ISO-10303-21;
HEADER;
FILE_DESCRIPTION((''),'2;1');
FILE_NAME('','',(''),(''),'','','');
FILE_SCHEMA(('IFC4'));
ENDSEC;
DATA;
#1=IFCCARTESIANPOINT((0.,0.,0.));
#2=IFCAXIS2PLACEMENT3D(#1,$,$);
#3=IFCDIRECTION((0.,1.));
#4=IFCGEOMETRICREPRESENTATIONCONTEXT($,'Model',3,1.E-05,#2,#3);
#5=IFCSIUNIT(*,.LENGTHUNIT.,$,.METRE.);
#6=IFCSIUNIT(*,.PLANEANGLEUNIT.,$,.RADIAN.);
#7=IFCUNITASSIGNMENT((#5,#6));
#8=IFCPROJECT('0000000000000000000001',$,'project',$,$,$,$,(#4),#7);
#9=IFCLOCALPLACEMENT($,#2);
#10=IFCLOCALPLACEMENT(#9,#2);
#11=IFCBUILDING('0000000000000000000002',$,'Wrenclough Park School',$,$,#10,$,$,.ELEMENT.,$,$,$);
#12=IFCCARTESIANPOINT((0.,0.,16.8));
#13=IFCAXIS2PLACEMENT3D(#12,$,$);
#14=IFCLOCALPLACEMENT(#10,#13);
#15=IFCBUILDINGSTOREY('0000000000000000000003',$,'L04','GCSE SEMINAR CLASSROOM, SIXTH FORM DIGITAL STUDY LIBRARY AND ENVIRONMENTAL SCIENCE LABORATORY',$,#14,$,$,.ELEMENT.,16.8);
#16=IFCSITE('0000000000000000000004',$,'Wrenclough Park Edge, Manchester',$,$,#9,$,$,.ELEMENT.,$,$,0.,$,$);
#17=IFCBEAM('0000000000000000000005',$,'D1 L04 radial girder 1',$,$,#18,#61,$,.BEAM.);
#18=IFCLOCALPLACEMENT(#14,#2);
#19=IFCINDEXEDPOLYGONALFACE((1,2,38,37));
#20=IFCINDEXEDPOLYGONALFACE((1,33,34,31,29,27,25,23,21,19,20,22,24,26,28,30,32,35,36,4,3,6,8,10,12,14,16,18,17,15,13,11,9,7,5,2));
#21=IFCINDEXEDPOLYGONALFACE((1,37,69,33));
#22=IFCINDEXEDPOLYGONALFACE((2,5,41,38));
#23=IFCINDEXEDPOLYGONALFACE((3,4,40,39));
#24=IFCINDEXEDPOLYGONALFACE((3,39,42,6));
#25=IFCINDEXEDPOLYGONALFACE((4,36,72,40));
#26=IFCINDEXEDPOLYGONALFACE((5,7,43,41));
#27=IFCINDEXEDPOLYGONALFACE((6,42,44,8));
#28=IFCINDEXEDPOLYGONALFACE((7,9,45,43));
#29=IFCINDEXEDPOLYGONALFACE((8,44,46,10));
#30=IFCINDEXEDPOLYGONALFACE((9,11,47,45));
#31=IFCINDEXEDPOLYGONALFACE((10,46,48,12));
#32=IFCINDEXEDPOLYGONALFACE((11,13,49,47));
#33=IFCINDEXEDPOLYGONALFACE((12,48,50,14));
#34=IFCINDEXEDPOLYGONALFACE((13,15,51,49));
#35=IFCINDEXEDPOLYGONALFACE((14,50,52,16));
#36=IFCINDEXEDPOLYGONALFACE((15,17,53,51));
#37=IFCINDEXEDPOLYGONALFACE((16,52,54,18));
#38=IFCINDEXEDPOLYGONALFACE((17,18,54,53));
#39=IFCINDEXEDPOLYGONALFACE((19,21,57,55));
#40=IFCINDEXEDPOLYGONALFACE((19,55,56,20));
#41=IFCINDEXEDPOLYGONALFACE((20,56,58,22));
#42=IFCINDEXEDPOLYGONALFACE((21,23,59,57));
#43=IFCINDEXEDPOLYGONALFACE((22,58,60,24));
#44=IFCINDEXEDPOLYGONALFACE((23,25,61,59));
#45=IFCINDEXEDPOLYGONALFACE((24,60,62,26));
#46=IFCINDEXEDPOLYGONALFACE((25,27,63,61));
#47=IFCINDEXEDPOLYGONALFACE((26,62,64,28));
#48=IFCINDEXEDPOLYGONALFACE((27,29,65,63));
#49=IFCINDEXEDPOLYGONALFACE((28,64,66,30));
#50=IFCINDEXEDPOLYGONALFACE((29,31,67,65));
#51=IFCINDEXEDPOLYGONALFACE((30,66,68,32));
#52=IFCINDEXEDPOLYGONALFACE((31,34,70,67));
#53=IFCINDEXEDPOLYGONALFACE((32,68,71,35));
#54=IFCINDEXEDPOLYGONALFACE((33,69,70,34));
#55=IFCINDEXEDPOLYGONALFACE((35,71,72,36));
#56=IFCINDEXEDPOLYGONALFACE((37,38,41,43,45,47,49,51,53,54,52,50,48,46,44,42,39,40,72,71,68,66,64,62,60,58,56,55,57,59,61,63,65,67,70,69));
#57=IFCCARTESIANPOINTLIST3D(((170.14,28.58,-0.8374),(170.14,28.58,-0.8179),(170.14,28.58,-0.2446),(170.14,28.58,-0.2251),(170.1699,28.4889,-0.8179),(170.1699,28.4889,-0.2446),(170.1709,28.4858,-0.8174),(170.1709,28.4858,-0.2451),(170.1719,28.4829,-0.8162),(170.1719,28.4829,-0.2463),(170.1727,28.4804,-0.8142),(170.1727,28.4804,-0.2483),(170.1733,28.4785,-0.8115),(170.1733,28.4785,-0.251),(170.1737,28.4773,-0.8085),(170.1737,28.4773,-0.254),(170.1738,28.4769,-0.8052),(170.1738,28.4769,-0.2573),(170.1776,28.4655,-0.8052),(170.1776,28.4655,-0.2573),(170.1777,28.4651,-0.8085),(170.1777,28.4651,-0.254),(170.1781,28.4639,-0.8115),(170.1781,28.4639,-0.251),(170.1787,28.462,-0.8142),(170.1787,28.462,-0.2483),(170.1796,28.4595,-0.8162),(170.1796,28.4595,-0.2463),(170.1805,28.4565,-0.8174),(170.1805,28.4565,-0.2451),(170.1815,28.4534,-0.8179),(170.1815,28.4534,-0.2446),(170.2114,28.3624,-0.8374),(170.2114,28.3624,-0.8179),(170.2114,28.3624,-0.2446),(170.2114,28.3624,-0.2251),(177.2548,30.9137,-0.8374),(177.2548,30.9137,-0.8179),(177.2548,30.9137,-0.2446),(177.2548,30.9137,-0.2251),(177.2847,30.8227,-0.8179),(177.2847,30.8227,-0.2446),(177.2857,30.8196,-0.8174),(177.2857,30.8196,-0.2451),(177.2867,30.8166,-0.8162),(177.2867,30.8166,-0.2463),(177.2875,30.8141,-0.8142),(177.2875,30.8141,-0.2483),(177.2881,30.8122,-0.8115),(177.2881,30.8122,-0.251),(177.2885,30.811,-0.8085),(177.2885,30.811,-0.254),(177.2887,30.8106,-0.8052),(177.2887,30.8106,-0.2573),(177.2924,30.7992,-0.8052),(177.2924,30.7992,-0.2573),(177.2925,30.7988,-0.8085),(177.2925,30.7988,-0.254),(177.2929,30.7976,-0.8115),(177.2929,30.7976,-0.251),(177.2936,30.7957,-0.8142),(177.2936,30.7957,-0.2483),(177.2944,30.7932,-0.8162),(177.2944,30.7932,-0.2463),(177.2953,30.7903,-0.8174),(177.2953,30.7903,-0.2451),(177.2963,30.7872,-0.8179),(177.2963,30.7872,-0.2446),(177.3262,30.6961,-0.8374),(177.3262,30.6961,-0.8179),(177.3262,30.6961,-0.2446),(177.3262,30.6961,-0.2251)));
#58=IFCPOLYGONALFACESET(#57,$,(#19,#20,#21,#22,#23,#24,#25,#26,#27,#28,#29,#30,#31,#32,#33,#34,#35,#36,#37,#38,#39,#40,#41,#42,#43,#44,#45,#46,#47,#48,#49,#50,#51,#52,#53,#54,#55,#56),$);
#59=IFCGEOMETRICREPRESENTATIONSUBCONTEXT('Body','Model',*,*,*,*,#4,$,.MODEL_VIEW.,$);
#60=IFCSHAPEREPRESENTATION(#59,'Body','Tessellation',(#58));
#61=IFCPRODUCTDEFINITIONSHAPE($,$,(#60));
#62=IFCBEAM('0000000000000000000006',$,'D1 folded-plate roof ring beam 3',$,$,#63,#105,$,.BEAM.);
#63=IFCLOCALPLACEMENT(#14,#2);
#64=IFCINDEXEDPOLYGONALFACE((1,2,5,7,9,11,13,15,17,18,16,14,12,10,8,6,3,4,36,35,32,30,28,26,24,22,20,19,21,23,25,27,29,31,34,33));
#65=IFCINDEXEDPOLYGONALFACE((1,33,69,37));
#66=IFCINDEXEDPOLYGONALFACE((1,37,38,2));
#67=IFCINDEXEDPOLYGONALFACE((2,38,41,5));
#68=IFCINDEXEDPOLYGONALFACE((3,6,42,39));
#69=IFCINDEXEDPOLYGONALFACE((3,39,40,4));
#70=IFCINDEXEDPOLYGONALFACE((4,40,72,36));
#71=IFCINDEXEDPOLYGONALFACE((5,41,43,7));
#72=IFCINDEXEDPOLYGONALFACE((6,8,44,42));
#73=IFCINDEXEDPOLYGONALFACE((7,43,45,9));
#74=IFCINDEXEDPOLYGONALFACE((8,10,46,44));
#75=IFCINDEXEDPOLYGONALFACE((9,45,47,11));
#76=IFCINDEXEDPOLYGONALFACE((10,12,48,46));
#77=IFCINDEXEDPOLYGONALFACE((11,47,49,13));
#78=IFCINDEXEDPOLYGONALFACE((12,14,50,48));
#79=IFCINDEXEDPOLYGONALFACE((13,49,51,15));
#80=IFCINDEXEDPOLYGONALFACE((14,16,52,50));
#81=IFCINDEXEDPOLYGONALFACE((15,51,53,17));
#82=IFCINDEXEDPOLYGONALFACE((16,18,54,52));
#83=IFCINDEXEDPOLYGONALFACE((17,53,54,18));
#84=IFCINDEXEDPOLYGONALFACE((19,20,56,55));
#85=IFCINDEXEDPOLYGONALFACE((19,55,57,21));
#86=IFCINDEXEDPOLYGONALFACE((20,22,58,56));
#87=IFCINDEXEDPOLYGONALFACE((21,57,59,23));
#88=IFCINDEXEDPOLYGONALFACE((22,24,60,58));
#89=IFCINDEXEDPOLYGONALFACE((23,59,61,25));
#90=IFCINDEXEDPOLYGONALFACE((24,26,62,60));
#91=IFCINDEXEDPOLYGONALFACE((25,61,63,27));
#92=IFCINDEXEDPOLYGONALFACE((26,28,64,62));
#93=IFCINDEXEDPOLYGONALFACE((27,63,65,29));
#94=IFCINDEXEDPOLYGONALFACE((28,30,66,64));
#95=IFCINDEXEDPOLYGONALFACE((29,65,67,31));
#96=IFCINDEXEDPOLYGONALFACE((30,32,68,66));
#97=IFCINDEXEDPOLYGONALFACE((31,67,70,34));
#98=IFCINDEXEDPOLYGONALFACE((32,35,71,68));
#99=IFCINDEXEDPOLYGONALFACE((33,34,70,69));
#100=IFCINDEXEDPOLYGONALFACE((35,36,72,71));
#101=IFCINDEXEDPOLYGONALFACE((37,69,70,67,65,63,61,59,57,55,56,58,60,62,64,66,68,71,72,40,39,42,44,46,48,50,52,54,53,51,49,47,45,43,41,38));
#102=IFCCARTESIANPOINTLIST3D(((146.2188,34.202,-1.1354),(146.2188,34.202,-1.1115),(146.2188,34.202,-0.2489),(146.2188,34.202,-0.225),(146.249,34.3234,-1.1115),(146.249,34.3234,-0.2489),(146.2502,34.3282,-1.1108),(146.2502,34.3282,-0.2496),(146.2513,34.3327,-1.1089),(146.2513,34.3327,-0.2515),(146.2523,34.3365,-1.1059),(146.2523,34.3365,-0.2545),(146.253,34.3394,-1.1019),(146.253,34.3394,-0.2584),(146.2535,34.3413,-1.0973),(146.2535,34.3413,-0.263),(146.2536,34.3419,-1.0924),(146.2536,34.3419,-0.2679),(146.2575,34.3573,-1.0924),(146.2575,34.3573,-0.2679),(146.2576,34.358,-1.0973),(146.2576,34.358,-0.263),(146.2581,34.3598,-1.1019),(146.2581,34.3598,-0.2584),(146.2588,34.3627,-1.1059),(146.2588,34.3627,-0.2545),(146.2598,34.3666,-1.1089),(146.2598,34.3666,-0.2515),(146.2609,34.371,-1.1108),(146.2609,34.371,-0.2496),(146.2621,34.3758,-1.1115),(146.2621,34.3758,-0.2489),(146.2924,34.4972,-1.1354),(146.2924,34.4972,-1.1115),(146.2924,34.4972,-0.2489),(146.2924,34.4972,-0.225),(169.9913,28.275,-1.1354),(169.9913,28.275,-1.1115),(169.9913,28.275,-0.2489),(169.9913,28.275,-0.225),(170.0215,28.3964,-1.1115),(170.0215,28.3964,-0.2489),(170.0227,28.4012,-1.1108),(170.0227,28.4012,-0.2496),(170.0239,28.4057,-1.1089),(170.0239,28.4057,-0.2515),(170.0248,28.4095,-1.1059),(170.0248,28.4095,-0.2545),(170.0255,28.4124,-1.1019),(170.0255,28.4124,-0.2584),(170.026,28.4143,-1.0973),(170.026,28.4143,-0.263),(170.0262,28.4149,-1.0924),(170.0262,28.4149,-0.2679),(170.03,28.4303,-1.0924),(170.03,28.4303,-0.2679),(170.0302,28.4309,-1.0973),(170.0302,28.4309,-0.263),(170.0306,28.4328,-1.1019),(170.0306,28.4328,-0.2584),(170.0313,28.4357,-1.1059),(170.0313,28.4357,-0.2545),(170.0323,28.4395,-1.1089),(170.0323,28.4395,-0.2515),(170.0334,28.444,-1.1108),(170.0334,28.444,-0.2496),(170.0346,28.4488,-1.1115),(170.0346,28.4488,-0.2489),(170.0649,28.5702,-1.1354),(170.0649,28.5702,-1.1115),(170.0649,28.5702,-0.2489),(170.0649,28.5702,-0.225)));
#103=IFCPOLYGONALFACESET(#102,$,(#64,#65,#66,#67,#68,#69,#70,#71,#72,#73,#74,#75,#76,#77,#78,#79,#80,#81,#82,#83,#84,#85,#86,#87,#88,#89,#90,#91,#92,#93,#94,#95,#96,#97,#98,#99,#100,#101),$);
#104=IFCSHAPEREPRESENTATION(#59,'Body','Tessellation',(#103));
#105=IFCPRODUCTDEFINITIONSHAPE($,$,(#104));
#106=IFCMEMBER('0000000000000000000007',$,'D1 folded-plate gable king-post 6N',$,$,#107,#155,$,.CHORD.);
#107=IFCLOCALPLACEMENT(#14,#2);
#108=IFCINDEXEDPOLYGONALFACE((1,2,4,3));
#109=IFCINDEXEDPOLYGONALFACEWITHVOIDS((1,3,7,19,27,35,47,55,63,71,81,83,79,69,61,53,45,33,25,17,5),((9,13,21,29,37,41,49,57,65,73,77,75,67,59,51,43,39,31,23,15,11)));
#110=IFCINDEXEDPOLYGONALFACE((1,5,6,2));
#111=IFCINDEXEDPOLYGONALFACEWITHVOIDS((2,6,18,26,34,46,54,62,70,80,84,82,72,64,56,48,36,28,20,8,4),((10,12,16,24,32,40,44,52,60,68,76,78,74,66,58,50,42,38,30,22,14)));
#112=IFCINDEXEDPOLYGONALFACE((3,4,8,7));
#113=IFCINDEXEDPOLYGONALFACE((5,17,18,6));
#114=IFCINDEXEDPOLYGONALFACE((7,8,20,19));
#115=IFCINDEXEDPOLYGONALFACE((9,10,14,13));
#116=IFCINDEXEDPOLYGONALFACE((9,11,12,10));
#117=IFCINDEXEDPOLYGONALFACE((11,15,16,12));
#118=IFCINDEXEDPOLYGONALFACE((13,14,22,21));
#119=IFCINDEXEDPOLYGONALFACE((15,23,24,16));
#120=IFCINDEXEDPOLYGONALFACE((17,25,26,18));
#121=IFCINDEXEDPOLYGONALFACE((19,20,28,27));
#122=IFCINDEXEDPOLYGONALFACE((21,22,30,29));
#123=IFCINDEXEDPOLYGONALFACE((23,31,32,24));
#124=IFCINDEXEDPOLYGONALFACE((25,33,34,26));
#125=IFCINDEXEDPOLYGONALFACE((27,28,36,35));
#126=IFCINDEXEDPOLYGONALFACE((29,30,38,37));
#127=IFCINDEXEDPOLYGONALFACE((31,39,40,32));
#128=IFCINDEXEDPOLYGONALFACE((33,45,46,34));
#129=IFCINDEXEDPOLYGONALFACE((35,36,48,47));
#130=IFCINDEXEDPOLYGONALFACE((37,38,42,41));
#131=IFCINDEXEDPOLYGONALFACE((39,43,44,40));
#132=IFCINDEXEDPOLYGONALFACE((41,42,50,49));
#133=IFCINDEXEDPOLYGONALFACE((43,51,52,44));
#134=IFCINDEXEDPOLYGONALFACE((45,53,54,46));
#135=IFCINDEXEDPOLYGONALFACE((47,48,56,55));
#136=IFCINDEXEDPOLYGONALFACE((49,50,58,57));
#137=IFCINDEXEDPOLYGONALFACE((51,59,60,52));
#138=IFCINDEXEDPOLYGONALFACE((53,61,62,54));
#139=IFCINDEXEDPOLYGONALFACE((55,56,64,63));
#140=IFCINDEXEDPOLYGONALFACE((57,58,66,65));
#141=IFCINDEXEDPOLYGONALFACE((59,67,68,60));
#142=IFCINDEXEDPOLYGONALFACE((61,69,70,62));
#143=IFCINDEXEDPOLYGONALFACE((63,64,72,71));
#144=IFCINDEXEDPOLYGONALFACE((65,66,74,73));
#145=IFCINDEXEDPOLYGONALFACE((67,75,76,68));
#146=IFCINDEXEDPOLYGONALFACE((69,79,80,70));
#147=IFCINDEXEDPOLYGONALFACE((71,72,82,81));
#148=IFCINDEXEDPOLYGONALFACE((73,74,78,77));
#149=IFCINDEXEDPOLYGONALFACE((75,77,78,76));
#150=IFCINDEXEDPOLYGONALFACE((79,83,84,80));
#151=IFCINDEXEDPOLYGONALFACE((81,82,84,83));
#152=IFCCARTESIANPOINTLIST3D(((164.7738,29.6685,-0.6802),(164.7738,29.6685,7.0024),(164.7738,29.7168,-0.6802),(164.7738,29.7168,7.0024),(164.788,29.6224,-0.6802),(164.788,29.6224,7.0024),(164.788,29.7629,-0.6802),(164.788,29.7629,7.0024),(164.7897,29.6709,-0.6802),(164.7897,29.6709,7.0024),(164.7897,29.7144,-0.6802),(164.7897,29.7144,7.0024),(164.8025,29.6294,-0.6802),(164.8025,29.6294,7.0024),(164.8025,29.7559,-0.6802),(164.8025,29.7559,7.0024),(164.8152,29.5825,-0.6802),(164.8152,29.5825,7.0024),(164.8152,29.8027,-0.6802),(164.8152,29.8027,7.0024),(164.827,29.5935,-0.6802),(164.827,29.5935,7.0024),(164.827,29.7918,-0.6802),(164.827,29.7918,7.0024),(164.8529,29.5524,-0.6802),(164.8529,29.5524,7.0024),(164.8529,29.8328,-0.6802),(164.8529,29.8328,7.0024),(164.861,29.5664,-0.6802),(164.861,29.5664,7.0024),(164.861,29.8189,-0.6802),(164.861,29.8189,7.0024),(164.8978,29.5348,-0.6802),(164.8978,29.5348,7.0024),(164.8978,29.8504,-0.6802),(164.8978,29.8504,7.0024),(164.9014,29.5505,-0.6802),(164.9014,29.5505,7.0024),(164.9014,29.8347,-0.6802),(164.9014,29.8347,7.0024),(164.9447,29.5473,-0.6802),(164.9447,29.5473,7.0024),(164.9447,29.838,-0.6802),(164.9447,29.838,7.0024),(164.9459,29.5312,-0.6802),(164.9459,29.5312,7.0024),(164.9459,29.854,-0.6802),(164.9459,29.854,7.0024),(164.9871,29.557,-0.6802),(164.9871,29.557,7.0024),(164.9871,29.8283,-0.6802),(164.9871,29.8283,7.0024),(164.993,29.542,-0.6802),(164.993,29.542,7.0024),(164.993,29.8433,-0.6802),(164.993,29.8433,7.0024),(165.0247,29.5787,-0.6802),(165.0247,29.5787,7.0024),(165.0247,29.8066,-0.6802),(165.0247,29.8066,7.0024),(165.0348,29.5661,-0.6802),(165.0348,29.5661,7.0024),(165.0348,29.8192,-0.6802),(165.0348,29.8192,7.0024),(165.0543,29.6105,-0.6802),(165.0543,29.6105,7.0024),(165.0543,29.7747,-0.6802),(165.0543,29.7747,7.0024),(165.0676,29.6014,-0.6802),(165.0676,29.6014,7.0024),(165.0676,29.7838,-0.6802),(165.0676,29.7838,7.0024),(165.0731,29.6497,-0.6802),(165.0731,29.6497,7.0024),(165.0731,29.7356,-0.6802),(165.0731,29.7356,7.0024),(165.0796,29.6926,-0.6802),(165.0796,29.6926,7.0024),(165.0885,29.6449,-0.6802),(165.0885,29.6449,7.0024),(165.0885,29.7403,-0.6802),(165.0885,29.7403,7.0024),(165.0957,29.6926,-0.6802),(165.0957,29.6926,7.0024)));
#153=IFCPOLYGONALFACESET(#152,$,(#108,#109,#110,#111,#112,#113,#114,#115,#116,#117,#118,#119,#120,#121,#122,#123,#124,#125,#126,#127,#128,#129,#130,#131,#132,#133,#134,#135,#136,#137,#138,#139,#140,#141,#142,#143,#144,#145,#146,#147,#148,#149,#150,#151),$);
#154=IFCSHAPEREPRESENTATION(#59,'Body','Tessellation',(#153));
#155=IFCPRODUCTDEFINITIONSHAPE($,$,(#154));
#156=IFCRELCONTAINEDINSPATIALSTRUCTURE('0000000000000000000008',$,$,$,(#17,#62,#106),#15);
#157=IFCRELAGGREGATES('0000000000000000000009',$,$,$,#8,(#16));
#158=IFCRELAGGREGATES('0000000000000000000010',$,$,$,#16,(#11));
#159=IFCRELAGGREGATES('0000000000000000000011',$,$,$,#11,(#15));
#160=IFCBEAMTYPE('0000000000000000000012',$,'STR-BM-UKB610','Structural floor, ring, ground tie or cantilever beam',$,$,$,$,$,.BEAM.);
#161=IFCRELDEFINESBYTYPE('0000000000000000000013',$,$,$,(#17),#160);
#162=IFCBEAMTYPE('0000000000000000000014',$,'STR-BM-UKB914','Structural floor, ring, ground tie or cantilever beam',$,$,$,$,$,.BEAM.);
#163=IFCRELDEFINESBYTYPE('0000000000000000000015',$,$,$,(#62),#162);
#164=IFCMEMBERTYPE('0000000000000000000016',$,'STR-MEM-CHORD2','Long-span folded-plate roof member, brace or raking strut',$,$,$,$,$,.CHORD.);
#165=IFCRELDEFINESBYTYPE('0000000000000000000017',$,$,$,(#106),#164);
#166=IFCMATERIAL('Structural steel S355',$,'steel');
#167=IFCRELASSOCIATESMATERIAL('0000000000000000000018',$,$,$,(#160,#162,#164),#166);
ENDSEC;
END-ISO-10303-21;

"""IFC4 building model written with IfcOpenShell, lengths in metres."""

from ifc_helpers import new_model, si_unit, direction, frame, origin, origin_2d, place, context, subcontext, project, spatial, hollow_circle, i_section, extrude, material, material_profile, profile_set, type_object, element, save


model = new_model("IFC4")

# Units and contexts
model_context = context("Model", 3, precision=1e-05, world=origin(), true_north=direction((0.0, 1.0)))
body_context = subcontext(model_context, "Body", "Model", "MODEL_VIEW")
ifc_project = project(units=[si_unit("LENGTHUNIT", "METRE"), si_unit("PLANEANGLEUNIT", "RADIAN")], contexts=[model_context])

# Site, building, storey
site_placement = place(None, origin())
site = spatial("IfcSite", under=ifc_project, at=site_placement, Name="Wrenclough Park Edge, Manchester", CompositionType="ELEMENT", RefElevation=0.0)
building_placement = place(site_placement, origin())
building = spatial("IfcBuilding", under=site, at=building_placement, Name="Wrenclough Park School", CompositionType="ELEMENT")
storey_placement = place(building_placement, frame((0.0, 0.0, 16.8)))
storey = spatial("IfcBuildingStorey", under=building, at=storey_placement, Name="L04", Description="GCSE SEMINAR CLASSROOM, SIXTH FORM DIGITAL STUDY LIBRARY AND ENVIRONMENTAL SCIENCE LABORATORY", CompositionType="ELEMENT", Elevation=16.8)

# Beams
ifc_material_1 = material(Name="Structural steel S355", Category="steel")
ifc_material_profile_1 = material_profile(ifc_material_1, i_section(OverallWidth=0.229, OverallDepth=0.6123, WebThickness=0.012, FlangeThickness=0.0195, FilletRadius=0.0127, at=origin_2d()), Name="UKB 610x229x125")
ifc_profile_set_1 = profile_set([ifc_material_profile_1], Name="Structural steel S355")
beam_type_1 = type_object("IfcBeamType", Name="STR-BM-UKB610", Description="Structural floor, ring, ground tie or cantilever beam", PredefinedType="BEAM", material=ifc_profile_set_1)
beam_1_placement = place(storey_placement, frame((177.2905, 30.8049, -0.5312), z_axis=(-0.950189, -0.311676, 0.0), x_axis=(0.311676, -0.950189, 0.0)))
element("IfcBeam", 1, at=beam_1_placement, inside=storey, type_object=beam_type_1, Name="D1 L04 radial girder 1", PredefinedType="BEAM", context=body_context, shape_type="SweptSolid", body=[
    extrude(i_section(OverallWidth=0.229, OverallDepth=0.6123, WebThickness=0.012, FlangeThickness=0.0195, FilletRadius=0.0127, at=origin_2d()), origin(), (0.0, 0.0, 1.0), 7.4878),
])
ifc_material_profile_2 = material_profile(ifc_material_1, i_section(OverallWidth=0.3042, OverallDepth=0.9104, WebThickness=0.0159, FlangeThickness=0.0239, FilletRadius=0.019, at=origin_2d()), Name="UKB 914x305x224")
ifc_profile_set_2 = profile_set([ifc_material_profile_2], Name="Structural steel S355")
beam_type_2 = type_object("IfcBeamType", Name="STR-BM-UKB914", Description="Structural floor, ring, ground tie or cantilever beam", PredefinedType="BEAM", material=ifc_profile_set_2)
beam_2_placement = place(storey_placement, frame((170.0281, 28.4226, -0.6802), z_axis=(-0.970297, 0.241917, 0.0), x_axis=(-0.241917, -0.970297, 0.0)))
element("IfcBeam", 2, at=beam_2_placement, inside=storey, type_object=beam_type_2, Name="D1 folded-plate roof ring beam 3", PredefinedType="BEAM", context=body_context, shape_type="SweptSolid", body=[
    extrude(i_section(OverallWidth=0.3042, OverallDepth=0.9104, WebThickness=0.0159, FlangeThickness=0.0239, FilletRadius=0.019, at=origin_2d()), origin(), (0.0, 0.0, 1.0), 24.5002),
])

# Member
ifc_material_profile_3 = material_profile(ifc_material_1, hollow_circle(Radius=0.1619, WallThickness=0.0161, at=origin_2d()), Name="CHS 323.9x16.0")
ifc_profile_set_3 = profile_set([ifc_material_profile_3], Name="Structural steel S355")
member_type_1 = type_object("IfcMemberType", Name="STR-MEM-CHORD2", Description="Long-span folded-plate roof member, brace or raking strut", PredefinedType="CHORD", material=ifc_profile_set_3)
for number, where, z_axis, x_axis, name in (
    (3, (164.9338, 29.6926, -0.6802), (0.0, 0.0, 1.0), (1.0, 0.0, 0.0), "D1 folded-plate gable king-post 6N"),
):
    element("IfcMember", number, at=place(storey_placement, frame(where, z_axis=z_axis, x_axis=x_axis)), inside=storey, type_object=member_type_1, Name=name, PredefinedType="CHORD", context=body_context, shape_type="SweptSolid", body=[
        extrude(hollow_circle(Radius=0.1619, WallThickness=0.0161, at=origin_2d()), origin(), (0.0, 0.0, 1.0), 7.6826),
    ])

save(model, "model.ifc")
